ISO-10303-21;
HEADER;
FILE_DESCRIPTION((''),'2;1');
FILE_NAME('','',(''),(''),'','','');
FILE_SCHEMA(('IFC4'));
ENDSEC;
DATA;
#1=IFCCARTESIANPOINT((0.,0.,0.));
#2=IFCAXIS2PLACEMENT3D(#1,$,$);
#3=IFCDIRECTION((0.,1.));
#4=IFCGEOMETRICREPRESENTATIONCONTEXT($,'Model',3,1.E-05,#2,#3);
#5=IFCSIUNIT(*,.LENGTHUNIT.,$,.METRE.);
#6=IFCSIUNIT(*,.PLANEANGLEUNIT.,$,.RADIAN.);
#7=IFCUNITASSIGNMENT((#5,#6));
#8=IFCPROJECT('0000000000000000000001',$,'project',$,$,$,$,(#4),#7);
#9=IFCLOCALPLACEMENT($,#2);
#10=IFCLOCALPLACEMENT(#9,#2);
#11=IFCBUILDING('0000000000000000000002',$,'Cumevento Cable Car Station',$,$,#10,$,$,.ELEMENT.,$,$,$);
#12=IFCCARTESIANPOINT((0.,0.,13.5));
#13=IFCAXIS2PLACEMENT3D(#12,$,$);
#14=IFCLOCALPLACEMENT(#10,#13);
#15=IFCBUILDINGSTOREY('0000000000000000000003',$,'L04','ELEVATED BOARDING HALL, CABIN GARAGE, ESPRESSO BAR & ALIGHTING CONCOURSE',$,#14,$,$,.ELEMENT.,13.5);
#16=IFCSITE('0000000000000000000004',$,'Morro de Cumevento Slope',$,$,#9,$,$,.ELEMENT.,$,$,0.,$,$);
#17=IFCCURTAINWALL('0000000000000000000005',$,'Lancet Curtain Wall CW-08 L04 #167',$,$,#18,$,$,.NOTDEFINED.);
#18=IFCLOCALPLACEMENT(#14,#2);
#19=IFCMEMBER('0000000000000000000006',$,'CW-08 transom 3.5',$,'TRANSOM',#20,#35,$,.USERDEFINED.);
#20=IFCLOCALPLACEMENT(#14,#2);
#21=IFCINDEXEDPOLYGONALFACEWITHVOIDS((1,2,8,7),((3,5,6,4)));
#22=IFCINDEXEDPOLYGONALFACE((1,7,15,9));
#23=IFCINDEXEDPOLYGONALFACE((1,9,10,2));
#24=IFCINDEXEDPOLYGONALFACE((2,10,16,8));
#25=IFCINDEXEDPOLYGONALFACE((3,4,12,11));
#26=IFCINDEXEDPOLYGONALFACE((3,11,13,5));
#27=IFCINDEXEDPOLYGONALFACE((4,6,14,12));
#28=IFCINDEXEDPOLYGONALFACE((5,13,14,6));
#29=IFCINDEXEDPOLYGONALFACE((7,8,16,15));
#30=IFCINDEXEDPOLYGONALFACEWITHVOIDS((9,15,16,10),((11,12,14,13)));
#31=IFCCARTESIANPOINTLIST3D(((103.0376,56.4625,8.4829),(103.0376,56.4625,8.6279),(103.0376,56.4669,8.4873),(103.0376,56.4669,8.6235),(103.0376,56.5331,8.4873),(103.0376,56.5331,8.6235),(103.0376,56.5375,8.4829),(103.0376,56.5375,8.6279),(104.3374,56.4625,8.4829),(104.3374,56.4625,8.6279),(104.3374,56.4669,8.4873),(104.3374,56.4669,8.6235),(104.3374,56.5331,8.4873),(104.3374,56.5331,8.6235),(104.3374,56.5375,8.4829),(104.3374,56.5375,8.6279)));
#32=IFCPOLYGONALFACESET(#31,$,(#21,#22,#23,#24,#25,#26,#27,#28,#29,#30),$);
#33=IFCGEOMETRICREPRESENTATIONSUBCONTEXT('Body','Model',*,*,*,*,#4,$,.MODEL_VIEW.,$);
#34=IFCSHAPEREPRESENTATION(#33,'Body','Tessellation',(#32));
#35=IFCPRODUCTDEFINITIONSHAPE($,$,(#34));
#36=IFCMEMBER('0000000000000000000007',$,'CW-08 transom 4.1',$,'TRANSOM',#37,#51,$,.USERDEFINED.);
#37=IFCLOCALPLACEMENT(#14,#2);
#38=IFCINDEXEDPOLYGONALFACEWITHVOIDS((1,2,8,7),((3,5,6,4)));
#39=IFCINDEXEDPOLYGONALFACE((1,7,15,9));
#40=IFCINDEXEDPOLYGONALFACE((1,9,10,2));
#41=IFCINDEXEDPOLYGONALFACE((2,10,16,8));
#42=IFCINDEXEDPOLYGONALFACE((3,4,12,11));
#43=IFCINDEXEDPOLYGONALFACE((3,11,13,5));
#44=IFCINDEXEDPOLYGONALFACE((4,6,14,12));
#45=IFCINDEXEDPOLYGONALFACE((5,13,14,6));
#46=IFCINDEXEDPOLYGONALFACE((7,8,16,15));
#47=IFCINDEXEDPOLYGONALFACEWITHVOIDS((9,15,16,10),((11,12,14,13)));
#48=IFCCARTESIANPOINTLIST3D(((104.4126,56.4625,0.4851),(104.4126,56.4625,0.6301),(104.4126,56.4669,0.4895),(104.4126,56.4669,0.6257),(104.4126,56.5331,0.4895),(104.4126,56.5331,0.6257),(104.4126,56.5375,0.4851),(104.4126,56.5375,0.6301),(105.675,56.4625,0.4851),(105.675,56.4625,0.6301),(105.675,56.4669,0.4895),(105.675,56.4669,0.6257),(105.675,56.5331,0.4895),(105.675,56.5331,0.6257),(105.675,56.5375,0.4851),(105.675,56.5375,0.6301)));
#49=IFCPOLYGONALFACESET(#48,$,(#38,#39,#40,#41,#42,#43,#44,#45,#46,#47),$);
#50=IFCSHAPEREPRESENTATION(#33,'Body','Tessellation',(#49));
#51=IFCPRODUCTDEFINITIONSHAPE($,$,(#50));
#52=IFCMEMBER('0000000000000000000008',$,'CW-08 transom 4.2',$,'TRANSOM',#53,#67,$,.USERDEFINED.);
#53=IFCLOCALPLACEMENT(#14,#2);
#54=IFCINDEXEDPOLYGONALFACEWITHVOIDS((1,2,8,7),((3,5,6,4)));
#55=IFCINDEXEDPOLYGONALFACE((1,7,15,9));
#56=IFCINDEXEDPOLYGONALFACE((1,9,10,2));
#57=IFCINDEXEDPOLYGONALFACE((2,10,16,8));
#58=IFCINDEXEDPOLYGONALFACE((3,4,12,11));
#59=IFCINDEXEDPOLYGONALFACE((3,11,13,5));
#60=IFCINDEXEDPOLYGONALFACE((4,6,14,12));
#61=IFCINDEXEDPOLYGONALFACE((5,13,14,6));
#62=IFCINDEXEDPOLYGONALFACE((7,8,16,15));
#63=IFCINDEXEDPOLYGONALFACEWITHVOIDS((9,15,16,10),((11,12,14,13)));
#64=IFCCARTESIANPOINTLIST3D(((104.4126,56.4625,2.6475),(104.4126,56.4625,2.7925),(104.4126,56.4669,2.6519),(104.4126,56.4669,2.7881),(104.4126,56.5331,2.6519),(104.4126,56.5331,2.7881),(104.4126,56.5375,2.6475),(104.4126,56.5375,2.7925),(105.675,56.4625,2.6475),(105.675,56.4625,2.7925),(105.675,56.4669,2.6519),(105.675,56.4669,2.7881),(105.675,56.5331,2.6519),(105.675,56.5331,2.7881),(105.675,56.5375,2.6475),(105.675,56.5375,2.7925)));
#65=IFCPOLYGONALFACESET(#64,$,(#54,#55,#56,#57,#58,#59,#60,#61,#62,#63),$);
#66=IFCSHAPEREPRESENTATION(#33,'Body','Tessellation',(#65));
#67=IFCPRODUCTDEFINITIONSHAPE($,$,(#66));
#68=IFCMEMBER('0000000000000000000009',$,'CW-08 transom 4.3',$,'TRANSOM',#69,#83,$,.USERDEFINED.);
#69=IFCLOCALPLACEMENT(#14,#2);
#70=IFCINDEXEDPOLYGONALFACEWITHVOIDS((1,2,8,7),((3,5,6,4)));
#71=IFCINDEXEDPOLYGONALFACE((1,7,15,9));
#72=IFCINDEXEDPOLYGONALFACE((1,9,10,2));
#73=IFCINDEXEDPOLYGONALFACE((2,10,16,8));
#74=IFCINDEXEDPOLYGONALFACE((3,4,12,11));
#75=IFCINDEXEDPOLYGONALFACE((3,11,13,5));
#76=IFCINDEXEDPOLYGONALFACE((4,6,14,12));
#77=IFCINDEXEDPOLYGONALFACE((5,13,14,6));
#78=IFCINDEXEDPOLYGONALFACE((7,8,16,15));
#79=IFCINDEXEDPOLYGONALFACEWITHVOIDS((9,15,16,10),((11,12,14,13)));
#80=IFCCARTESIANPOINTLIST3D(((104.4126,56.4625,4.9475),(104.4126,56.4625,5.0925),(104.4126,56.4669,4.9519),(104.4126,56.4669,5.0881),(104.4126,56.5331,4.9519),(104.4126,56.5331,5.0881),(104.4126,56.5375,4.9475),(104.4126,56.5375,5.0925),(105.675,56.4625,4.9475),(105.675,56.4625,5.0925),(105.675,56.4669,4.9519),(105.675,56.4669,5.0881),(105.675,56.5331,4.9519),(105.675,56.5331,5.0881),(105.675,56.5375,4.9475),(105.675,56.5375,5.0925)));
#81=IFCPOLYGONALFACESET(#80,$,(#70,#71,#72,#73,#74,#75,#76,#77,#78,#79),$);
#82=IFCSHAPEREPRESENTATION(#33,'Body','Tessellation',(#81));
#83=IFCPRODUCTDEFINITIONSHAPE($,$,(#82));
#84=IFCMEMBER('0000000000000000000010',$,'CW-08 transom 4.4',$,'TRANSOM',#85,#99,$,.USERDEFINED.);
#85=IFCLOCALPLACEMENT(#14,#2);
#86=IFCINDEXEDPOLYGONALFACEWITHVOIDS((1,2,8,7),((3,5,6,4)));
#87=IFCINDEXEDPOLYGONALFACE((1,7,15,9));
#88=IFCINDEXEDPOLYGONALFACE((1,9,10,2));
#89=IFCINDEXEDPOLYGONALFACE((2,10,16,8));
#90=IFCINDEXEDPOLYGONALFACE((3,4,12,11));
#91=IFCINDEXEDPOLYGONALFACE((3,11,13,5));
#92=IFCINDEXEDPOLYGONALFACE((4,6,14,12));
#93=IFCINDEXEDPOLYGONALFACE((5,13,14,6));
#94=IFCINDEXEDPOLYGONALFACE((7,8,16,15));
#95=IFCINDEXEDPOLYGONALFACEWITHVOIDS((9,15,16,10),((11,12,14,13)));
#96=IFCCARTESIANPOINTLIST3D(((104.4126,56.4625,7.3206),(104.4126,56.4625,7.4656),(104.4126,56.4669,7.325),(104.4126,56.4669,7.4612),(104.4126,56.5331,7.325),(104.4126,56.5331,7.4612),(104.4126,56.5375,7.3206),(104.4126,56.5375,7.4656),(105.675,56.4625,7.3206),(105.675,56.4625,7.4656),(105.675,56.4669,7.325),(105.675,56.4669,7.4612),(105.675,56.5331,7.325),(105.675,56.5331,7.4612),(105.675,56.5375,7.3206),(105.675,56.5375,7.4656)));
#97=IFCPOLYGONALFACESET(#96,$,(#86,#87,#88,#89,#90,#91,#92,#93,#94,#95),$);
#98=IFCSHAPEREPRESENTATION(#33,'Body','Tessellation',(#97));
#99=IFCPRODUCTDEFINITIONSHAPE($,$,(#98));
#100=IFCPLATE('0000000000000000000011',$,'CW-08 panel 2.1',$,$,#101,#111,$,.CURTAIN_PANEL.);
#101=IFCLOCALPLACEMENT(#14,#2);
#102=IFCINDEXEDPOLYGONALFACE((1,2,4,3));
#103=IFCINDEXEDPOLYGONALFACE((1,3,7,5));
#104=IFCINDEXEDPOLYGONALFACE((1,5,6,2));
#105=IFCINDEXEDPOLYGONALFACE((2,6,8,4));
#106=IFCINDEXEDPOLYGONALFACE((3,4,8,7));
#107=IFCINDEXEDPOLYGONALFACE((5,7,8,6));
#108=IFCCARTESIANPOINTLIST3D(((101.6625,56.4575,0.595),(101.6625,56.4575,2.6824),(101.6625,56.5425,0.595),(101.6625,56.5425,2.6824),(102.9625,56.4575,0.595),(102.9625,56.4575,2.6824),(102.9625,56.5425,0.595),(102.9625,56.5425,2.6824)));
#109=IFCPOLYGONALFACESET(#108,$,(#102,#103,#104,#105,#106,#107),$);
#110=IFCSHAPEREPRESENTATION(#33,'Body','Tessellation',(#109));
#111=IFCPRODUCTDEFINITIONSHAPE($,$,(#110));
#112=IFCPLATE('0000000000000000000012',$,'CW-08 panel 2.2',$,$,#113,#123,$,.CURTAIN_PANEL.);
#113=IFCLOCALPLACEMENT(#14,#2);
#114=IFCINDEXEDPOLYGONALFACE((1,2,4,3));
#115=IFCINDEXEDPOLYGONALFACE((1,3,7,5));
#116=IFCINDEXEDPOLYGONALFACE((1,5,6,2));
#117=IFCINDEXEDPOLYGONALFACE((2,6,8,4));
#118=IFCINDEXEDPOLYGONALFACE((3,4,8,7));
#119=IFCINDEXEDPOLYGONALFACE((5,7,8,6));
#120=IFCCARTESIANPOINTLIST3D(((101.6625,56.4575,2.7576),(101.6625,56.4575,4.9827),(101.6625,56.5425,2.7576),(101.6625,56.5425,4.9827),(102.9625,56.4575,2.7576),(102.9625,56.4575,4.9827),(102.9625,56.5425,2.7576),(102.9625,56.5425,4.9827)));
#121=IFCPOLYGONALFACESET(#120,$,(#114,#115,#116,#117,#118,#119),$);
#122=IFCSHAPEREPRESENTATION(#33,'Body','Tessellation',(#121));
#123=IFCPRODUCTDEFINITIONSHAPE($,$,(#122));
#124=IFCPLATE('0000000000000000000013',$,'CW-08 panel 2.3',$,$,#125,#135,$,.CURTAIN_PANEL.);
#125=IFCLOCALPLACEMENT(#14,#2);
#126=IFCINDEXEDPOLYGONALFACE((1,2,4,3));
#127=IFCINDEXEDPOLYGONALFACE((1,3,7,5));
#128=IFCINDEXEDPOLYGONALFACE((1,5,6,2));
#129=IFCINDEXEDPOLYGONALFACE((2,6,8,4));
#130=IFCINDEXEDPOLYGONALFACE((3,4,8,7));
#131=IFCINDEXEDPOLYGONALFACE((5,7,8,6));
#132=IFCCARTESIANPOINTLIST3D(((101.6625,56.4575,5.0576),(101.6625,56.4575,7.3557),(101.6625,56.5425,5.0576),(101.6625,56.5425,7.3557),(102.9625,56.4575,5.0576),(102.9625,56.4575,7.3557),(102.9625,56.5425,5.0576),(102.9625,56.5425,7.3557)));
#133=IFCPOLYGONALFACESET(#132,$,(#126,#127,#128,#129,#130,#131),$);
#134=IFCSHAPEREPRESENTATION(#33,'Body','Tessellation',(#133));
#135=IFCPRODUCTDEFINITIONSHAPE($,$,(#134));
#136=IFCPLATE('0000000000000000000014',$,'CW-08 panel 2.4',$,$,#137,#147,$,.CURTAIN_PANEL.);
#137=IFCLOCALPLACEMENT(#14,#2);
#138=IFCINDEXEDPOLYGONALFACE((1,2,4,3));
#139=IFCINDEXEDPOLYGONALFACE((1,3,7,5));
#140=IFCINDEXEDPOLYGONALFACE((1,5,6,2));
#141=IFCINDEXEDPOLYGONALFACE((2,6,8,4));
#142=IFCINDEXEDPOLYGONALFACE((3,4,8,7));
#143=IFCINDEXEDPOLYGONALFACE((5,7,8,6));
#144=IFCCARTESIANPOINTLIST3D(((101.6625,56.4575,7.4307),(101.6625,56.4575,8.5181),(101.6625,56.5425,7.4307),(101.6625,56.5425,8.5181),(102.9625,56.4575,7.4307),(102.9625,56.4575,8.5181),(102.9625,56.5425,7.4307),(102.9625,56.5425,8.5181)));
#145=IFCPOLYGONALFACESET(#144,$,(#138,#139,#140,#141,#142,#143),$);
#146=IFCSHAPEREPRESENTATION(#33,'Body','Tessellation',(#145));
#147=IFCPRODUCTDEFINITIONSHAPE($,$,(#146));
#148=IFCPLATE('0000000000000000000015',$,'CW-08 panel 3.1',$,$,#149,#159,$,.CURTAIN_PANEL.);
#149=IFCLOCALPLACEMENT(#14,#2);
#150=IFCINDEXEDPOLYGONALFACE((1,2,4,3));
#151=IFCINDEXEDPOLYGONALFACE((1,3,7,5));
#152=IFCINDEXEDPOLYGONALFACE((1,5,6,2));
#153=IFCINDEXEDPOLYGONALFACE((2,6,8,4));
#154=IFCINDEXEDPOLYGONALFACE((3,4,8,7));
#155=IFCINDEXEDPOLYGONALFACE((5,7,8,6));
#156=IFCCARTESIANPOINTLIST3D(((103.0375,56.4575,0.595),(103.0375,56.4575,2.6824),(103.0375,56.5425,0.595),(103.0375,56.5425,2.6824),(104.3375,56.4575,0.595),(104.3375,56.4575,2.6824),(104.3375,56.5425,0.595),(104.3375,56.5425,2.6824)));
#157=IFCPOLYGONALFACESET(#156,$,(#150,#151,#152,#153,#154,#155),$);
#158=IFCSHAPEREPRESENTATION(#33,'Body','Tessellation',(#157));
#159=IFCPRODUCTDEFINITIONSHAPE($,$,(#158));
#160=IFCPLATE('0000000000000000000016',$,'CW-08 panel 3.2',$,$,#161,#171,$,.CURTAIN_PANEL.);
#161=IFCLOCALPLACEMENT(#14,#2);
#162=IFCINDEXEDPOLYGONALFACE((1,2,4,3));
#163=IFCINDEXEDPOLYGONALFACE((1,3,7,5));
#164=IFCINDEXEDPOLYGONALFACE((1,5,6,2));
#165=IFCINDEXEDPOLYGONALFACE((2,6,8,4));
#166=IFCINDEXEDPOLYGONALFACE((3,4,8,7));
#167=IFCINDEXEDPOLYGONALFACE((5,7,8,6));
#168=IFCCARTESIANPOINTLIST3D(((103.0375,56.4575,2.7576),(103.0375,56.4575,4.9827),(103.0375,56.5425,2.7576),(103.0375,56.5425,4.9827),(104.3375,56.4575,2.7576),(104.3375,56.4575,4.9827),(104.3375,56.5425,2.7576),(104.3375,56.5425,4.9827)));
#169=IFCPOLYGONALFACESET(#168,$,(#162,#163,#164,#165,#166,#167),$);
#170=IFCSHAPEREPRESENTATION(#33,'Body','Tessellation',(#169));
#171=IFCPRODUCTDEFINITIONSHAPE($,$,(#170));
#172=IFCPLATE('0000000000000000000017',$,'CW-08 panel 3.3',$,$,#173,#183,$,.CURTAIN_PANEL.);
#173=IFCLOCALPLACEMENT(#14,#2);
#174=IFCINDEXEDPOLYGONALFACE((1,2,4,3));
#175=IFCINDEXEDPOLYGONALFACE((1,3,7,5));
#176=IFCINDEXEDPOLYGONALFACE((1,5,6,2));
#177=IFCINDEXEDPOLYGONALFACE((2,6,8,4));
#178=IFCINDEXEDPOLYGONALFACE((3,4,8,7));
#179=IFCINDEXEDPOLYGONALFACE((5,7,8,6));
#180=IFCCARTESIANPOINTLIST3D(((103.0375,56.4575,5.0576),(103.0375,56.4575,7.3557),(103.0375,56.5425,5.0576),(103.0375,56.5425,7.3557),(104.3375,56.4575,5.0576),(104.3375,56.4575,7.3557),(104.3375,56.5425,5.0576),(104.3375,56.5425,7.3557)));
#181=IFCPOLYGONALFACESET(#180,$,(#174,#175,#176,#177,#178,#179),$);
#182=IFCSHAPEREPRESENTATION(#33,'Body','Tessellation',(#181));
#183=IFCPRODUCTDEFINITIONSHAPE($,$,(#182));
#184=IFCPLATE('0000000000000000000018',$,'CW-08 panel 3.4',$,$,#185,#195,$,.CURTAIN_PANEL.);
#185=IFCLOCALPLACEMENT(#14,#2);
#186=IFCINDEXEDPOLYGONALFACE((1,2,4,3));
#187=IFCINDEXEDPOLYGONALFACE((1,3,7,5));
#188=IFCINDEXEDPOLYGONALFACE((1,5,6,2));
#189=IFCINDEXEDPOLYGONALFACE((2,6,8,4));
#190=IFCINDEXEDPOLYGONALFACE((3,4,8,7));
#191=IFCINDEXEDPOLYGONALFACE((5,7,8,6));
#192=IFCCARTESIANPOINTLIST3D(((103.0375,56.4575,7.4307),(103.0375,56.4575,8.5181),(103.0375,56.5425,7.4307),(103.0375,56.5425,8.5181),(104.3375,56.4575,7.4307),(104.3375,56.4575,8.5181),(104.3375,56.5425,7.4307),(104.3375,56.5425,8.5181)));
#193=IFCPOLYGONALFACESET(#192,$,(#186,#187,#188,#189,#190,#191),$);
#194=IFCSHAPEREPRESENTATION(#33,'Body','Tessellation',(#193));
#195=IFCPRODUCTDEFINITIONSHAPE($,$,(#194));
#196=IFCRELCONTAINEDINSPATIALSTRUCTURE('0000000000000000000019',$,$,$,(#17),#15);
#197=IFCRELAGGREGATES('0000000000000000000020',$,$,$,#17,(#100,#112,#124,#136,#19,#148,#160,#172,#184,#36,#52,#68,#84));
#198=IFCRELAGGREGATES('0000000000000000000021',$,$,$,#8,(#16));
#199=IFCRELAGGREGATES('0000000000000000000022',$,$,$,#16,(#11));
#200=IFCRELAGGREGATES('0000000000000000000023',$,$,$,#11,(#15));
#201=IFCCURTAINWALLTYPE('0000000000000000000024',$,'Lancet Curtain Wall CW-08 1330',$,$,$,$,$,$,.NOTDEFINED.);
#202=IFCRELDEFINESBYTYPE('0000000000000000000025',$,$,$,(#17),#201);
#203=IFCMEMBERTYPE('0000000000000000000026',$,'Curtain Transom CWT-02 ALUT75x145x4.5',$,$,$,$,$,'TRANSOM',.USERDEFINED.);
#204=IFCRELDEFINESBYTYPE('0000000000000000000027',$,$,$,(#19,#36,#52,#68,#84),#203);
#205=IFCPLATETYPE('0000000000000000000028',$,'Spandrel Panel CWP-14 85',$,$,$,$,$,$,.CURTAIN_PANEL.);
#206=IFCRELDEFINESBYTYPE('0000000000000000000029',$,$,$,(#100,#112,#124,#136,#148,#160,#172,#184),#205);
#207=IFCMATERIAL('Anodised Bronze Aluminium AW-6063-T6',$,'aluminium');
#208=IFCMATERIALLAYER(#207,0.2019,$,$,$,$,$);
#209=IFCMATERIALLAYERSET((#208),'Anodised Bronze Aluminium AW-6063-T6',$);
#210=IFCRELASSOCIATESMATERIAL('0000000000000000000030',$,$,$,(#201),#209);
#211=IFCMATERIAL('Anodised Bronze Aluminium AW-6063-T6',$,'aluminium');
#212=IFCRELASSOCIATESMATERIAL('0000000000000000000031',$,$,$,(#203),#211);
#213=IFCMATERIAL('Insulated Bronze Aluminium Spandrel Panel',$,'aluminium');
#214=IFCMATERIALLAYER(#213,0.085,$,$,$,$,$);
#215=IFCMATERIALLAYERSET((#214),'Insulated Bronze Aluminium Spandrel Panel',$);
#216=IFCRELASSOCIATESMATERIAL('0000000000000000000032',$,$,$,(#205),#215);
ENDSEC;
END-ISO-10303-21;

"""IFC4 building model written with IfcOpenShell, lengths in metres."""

from ifc_helpers import new_model, si_unit, direction, frame, origin, origin_2d, place, context, subcontext, project, spatial, rectangle, hollow_rectangle, extrude, material, layer, layer_set, material_profile, profile_set, type_object, element, aggregate, save


model = new_model("IFC4")

# Units and contexts
model_context = context("Model", 3, precision=1e-05, world=origin(), true_north=direction((0.0, 1.0)))
body_context = subcontext(model_context, "Body", "Model", "MODEL_VIEW")
ifc_project = project(units=[si_unit("LENGTHUNIT", "METRE"), si_unit("PLANEANGLEUNIT", "RADIAN")], contexts=[model_context])

# Site, building, storey
site_placement = place(None, origin())
site = spatial("IfcSite", under=ifc_project, at=site_placement, Name="Morro de Cumevento Slope", CompositionType="ELEMENT", RefElevation=0.0)
building_placement = place(site_placement, origin())
building = spatial("IfcBuilding", under=site, at=building_placement, Name="Cumevento Cable Car Station", CompositionType="ELEMENT")
storey_placement = place(building_placement, frame((0.0, 0.0, 13.5)))
storey = spatial("IfcBuildingStorey", under=building, at=storey_placement, Name="L04", Description="ELEVATED BOARDING HALL, CABIN GARAGE, ESPRESSO BAR & ALIGHTING CONCOURSE", CompositionType="ELEMENT", Elevation=13.5)

# Curtain wall, members, plates
ifc_material_1 = material(Name="Anodised Bronze Aluminium AW-6063-T6", Category="aluminium")
ifc_layer_1 = layer(ifc_material_1, 0.2019)
ifc_layer_set_1 = layer_set([ifc_layer_1], Name="Anodised Bronze Aluminium AW-6063-T6")
curtain_wall_type = type_object("IfcCurtainWallType", Name="Lancet Curtain Wall CW-08 1330", PredefinedType="NOTDEFINED", material=ifc_layer_set_1)
curtain_wall_placement = place(storey_placement, origin())
curtain_wall = element("IfcCurtainWall", 1, at=curtain_wall_placement, inside=storey, type_object=curtain_wall_type, Name="Lancet Curtain Wall CW-08 L04 #167", PredefinedType="NOTDEFINED")
ifc_material_2 = material(Name="Anodised Bronze Aluminium AW-6063-T6", Category="aluminium")
ifc_material_profile_1 = material_profile(ifc_material_2, hollow_rectangle(XDim=0.075, YDim=0.145, WallThickness=0.0044, at=origin_2d()), Name="ALUT75x145x4.5")
ifc_profile_set_1 = profile_set([ifc_material_profile_1], Name="Anodised Bronze Aluminium AW-6063-T6")
member_type_1 = type_object("IfcMemberType", Name="Curtain Transom CWT-02 ALUT75x145x4.5", ElementType="TRANSOM", PredefinedType="USERDEFINED", material=ifc_profile_set_1)
member_1_placement = place(storey_placement, frame((103.0376, 56.5, 8.5554), z_axis=(1.0, 0.0, 0.0), x_axis=(0.0, 1.0, 0.0)))
member_1 = element("IfcMember", 2, at=member_1_placement, type_object=member_type_1, Name="CW-08 transom 3.5", ObjectType="TRANSOM", PredefinedType="USERDEFINED", context=body_context, shape_type="SweptSolid", body=[
    extrude(hollow_rectangle(XDim=0.075, YDim=0.145, WallThickness=0.0044, at=origin_2d()), origin(), (0.0, 0.0, 1.0), 1.2998),
])
member_2_placement = place(storey_placement, frame((104.4126, 56.5, 0.5576), z_axis=(1.0, 0.0, 0.0), x_axis=(0.0, 1.0, 0.0)))
member_2 = element("IfcMember", 3, at=member_2_placement, type_object=member_type_1, Name="CW-08 transom 4.1", ObjectType="TRANSOM", PredefinedType="USERDEFINED", context=body_context, shape_type="SweptSolid", body=[
    extrude(hollow_rectangle(XDim=0.075, YDim=0.145, WallThickness=0.0044, at=origin_2d()), origin(), (0.0, 0.0, 1.0), 1.2625),
])
member_3_placement = place(storey_placement, frame((104.4126, 56.5, 2.72), z_axis=(1.0, 0.0, 0.0), x_axis=(0.0, 1.0, 0.0)))
member_3 = element("IfcMember", 4, at=member_3_placement, type_object=member_type_1, Name="CW-08 transom 4.2", ObjectType="TRANSOM", PredefinedType="USERDEFINED", context=body_context, shape_type="SweptSolid", body=[
    extrude(hollow_rectangle(XDim=0.075, YDim=0.145, WallThickness=0.0044, at=origin_2d()), origin(), (0.0, 0.0, 1.0), 1.2625),
])
member_4_placement = place(storey_placement, frame((104.4126, 56.5, 5.02), z_axis=(1.0, 0.0, 0.0), x_axis=(0.0, 1.0, 0.0)))
member_4 = element("IfcMember", 5, at=member_4_placement, type_object=member_type_1, Name="CW-08 transom 4.3", ObjectType="TRANSOM", PredefinedType="USERDEFINED", context=body_context, shape_type="SweptSolid", body=[
    extrude(hollow_rectangle(XDim=0.075, YDim=0.145, WallThickness=0.0044, at=origin_2d()), origin(), (0.0, 0.0, 1.0), 1.2625),
])
member_5_placement = place(storey_placement, frame((104.4126, 56.5, 7.3931), z_axis=(1.0, 0.0, 0.0), x_axis=(0.0, 1.0, 0.0)))
member_5 = element("IfcMember", 6, at=member_5_placement, type_object=member_type_1, Name="CW-08 transom 4.4", ObjectType="TRANSOM", PredefinedType="USERDEFINED", context=body_context, shape_type="SweptSolid", body=[
    extrude(hollow_rectangle(XDim=0.075, YDim=0.145, WallThickness=0.0044, at=origin_2d()), origin(), (0.0, 0.0, 1.0), 1.2625),
])
ifc_material_3 = material(Name="Insulated Bronze Aluminium Spandrel Panel", Category="aluminium")
ifc_layer_2 = layer(ifc_material_3, 0.085)
ifc_layer_set_2 = layer_set([ifc_layer_2], Name="Insulated Bronze Aluminium Spandrel Panel")
plate_type = type_object("IfcPlateType", Name="Spandrel Panel CWP-14 85", PredefinedType="CURTAIN_PANEL", material=ifc_layer_set_2)
plate_1_placement = place(storey_placement, frame((102.3125, 56.5, 0.595), z_axis=(0.0, 0.0, 1.0), x_axis=(1.0, 0.0, 0.0)))
plate_1 = element("IfcPlate", 7, at=plate_1_placement, type_object=plate_type, Name="CW-08 panel 2.1", PredefinedType="CURTAIN_PANEL", context=body_context, shape_type="SweptSolid", body=[
    extrude(rectangle(XDim=1.3, YDim=0.085, at=origin_2d()), origin(), (0.0, 0.0, 1.0), 2.0874),
])
plate_2_placement = place(storey_placement, frame((102.3125, 56.5, 2.7576), z_axis=(0.0, 0.0, 1.0), x_axis=(1.0, 0.0, 0.0)))
plate_2 = element("IfcPlate", 8, at=plate_2_placement, type_object=plate_type, Name="CW-08 panel 2.2", PredefinedType="CURTAIN_PANEL", context=body_context, shape_type="SweptSolid", body=[
    extrude(rectangle(XDim=1.3, YDim=0.085, at=origin_2d()), origin(), (0.0, 0.0, 1.0), 2.2251),
])
plate_3_placement = place(storey_placement, frame((102.3125, 56.5, 5.0576), z_axis=(0.0, 0.0, 1.0), x_axis=(1.0, 0.0, 0.0)))
plate_3 = element("IfcPlate", 9, at=plate_3_placement, type_object=plate_type, Name="CW-08 panel 2.3", PredefinedType="CURTAIN_PANEL", context=body_context, shape_type="SweptSolid", body=[
    extrude(rectangle(XDim=1.3, YDim=0.085, at=origin_2d()), origin(), (0.0, 0.0, 1.0), 2.2981),
])
plate_4_placement = place(storey_placement, frame((102.3125, 56.5, 7.4307), z_axis=(0.0, 0.0, 1.0), x_axis=(1.0, 0.0, 0.0)))
plate_4 = element("IfcPlate", 10, at=plate_4_placement, type_object=plate_type, Name="CW-08 panel 2.4", PredefinedType="CURTAIN_PANEL", context=body_context, shape_type="SweptSolid", body=[
    extrude(rectangle(XDim=1.3, YDim=0.085, at=origin_2d()), origin(), (0.0, 0.0, 1.0), 1.0874),
])
plate_5_placement = place(storey_placement, frame((103.6875, 56.5, 0.595), z_axis=(0.0, 0.0, 1.0), x_axis=(1.0, 0.0, 0.0)))
plate_5 = element("IfcPlate", 11, at=plate_5_placement, type_object=plate_type, Name="CW-08 panel 3.1", PredefinedType="CURTAIN_PANEL", context=body_context, shape_type="SweptSolid", body=[
    extrude(rectangle(XDim=1.3, YDim=0.085, at=origin_2d()), origin(), (0.0, 0.0, 1.0), 2.0874),
])
plate_6_placement = place(storey_placement, frame((103.6875, 56.5, 2.7576), z_axis=(0.0, 0.0, 1.0), x_axis=(1.0, 0.0, 0.0)))
plate_6 = element("IfcPlate", 12, at=plate_6_placement, type_object=plate_type, Name="CW-08 panel 3.2", PredefinedType="CURTAIN_PANEL", context=body_context, shape_type="SweptSolid", body=[
    extrude(rectangle(XDim=1.3, YDim=0.085, at=origin_2d()), origin(), (0.0, 0.0, 1.0), 2.2251),
])
plate_7_placement = place(storey_placement, frame((103.6875, 56.5, 5.0576), z_axis=(0.0, 0.0, 1.0), x_axis=(1.0, 0.0, 0.0)))
plate_7 = element("IfcPlate", 13, at=plate_7_placement, type_object=plate_type, Name="CW-08 panel 3.3", PredefinedType="CURTAIN_PANEL", context=body_context, shape_type="SweptSolid", body=[
    extrude(rectangle(XDim=1.3, YDim=0.085, at=origin_2d()), origin(), (0.0, 0.0, 1.0), 2.2981),
])
plate_8_placement = place(storey_placement, frame((103.6875, 56.5, 7.4307), z_axis=(0.0, 0.0, 1.0), x_axis=(1.0, 0.0, 0.0)))
plate_8 = element("IfcPlate", 14, at=plate_8_placement, type_object=plate_type, Name="CW-08 panel 3.4", PredefinedType="CURTAIN_PANEL", context=body_context, shape_type="SweptSolid", body=[
    extrude(rectangle(XDim=1.3, YDim=0.085, at=origin_2d()), origin(), (0.0, 0.0, 1.0), 1.0874),
])
aggregate(curtain_wall, [plate_1, plate_2, plate_3, plate_4, member_1, plate_5, plate_6, plate_7, plate_8, member_2, member_3, member_4, member_5])

save(model, "model.ifc")
